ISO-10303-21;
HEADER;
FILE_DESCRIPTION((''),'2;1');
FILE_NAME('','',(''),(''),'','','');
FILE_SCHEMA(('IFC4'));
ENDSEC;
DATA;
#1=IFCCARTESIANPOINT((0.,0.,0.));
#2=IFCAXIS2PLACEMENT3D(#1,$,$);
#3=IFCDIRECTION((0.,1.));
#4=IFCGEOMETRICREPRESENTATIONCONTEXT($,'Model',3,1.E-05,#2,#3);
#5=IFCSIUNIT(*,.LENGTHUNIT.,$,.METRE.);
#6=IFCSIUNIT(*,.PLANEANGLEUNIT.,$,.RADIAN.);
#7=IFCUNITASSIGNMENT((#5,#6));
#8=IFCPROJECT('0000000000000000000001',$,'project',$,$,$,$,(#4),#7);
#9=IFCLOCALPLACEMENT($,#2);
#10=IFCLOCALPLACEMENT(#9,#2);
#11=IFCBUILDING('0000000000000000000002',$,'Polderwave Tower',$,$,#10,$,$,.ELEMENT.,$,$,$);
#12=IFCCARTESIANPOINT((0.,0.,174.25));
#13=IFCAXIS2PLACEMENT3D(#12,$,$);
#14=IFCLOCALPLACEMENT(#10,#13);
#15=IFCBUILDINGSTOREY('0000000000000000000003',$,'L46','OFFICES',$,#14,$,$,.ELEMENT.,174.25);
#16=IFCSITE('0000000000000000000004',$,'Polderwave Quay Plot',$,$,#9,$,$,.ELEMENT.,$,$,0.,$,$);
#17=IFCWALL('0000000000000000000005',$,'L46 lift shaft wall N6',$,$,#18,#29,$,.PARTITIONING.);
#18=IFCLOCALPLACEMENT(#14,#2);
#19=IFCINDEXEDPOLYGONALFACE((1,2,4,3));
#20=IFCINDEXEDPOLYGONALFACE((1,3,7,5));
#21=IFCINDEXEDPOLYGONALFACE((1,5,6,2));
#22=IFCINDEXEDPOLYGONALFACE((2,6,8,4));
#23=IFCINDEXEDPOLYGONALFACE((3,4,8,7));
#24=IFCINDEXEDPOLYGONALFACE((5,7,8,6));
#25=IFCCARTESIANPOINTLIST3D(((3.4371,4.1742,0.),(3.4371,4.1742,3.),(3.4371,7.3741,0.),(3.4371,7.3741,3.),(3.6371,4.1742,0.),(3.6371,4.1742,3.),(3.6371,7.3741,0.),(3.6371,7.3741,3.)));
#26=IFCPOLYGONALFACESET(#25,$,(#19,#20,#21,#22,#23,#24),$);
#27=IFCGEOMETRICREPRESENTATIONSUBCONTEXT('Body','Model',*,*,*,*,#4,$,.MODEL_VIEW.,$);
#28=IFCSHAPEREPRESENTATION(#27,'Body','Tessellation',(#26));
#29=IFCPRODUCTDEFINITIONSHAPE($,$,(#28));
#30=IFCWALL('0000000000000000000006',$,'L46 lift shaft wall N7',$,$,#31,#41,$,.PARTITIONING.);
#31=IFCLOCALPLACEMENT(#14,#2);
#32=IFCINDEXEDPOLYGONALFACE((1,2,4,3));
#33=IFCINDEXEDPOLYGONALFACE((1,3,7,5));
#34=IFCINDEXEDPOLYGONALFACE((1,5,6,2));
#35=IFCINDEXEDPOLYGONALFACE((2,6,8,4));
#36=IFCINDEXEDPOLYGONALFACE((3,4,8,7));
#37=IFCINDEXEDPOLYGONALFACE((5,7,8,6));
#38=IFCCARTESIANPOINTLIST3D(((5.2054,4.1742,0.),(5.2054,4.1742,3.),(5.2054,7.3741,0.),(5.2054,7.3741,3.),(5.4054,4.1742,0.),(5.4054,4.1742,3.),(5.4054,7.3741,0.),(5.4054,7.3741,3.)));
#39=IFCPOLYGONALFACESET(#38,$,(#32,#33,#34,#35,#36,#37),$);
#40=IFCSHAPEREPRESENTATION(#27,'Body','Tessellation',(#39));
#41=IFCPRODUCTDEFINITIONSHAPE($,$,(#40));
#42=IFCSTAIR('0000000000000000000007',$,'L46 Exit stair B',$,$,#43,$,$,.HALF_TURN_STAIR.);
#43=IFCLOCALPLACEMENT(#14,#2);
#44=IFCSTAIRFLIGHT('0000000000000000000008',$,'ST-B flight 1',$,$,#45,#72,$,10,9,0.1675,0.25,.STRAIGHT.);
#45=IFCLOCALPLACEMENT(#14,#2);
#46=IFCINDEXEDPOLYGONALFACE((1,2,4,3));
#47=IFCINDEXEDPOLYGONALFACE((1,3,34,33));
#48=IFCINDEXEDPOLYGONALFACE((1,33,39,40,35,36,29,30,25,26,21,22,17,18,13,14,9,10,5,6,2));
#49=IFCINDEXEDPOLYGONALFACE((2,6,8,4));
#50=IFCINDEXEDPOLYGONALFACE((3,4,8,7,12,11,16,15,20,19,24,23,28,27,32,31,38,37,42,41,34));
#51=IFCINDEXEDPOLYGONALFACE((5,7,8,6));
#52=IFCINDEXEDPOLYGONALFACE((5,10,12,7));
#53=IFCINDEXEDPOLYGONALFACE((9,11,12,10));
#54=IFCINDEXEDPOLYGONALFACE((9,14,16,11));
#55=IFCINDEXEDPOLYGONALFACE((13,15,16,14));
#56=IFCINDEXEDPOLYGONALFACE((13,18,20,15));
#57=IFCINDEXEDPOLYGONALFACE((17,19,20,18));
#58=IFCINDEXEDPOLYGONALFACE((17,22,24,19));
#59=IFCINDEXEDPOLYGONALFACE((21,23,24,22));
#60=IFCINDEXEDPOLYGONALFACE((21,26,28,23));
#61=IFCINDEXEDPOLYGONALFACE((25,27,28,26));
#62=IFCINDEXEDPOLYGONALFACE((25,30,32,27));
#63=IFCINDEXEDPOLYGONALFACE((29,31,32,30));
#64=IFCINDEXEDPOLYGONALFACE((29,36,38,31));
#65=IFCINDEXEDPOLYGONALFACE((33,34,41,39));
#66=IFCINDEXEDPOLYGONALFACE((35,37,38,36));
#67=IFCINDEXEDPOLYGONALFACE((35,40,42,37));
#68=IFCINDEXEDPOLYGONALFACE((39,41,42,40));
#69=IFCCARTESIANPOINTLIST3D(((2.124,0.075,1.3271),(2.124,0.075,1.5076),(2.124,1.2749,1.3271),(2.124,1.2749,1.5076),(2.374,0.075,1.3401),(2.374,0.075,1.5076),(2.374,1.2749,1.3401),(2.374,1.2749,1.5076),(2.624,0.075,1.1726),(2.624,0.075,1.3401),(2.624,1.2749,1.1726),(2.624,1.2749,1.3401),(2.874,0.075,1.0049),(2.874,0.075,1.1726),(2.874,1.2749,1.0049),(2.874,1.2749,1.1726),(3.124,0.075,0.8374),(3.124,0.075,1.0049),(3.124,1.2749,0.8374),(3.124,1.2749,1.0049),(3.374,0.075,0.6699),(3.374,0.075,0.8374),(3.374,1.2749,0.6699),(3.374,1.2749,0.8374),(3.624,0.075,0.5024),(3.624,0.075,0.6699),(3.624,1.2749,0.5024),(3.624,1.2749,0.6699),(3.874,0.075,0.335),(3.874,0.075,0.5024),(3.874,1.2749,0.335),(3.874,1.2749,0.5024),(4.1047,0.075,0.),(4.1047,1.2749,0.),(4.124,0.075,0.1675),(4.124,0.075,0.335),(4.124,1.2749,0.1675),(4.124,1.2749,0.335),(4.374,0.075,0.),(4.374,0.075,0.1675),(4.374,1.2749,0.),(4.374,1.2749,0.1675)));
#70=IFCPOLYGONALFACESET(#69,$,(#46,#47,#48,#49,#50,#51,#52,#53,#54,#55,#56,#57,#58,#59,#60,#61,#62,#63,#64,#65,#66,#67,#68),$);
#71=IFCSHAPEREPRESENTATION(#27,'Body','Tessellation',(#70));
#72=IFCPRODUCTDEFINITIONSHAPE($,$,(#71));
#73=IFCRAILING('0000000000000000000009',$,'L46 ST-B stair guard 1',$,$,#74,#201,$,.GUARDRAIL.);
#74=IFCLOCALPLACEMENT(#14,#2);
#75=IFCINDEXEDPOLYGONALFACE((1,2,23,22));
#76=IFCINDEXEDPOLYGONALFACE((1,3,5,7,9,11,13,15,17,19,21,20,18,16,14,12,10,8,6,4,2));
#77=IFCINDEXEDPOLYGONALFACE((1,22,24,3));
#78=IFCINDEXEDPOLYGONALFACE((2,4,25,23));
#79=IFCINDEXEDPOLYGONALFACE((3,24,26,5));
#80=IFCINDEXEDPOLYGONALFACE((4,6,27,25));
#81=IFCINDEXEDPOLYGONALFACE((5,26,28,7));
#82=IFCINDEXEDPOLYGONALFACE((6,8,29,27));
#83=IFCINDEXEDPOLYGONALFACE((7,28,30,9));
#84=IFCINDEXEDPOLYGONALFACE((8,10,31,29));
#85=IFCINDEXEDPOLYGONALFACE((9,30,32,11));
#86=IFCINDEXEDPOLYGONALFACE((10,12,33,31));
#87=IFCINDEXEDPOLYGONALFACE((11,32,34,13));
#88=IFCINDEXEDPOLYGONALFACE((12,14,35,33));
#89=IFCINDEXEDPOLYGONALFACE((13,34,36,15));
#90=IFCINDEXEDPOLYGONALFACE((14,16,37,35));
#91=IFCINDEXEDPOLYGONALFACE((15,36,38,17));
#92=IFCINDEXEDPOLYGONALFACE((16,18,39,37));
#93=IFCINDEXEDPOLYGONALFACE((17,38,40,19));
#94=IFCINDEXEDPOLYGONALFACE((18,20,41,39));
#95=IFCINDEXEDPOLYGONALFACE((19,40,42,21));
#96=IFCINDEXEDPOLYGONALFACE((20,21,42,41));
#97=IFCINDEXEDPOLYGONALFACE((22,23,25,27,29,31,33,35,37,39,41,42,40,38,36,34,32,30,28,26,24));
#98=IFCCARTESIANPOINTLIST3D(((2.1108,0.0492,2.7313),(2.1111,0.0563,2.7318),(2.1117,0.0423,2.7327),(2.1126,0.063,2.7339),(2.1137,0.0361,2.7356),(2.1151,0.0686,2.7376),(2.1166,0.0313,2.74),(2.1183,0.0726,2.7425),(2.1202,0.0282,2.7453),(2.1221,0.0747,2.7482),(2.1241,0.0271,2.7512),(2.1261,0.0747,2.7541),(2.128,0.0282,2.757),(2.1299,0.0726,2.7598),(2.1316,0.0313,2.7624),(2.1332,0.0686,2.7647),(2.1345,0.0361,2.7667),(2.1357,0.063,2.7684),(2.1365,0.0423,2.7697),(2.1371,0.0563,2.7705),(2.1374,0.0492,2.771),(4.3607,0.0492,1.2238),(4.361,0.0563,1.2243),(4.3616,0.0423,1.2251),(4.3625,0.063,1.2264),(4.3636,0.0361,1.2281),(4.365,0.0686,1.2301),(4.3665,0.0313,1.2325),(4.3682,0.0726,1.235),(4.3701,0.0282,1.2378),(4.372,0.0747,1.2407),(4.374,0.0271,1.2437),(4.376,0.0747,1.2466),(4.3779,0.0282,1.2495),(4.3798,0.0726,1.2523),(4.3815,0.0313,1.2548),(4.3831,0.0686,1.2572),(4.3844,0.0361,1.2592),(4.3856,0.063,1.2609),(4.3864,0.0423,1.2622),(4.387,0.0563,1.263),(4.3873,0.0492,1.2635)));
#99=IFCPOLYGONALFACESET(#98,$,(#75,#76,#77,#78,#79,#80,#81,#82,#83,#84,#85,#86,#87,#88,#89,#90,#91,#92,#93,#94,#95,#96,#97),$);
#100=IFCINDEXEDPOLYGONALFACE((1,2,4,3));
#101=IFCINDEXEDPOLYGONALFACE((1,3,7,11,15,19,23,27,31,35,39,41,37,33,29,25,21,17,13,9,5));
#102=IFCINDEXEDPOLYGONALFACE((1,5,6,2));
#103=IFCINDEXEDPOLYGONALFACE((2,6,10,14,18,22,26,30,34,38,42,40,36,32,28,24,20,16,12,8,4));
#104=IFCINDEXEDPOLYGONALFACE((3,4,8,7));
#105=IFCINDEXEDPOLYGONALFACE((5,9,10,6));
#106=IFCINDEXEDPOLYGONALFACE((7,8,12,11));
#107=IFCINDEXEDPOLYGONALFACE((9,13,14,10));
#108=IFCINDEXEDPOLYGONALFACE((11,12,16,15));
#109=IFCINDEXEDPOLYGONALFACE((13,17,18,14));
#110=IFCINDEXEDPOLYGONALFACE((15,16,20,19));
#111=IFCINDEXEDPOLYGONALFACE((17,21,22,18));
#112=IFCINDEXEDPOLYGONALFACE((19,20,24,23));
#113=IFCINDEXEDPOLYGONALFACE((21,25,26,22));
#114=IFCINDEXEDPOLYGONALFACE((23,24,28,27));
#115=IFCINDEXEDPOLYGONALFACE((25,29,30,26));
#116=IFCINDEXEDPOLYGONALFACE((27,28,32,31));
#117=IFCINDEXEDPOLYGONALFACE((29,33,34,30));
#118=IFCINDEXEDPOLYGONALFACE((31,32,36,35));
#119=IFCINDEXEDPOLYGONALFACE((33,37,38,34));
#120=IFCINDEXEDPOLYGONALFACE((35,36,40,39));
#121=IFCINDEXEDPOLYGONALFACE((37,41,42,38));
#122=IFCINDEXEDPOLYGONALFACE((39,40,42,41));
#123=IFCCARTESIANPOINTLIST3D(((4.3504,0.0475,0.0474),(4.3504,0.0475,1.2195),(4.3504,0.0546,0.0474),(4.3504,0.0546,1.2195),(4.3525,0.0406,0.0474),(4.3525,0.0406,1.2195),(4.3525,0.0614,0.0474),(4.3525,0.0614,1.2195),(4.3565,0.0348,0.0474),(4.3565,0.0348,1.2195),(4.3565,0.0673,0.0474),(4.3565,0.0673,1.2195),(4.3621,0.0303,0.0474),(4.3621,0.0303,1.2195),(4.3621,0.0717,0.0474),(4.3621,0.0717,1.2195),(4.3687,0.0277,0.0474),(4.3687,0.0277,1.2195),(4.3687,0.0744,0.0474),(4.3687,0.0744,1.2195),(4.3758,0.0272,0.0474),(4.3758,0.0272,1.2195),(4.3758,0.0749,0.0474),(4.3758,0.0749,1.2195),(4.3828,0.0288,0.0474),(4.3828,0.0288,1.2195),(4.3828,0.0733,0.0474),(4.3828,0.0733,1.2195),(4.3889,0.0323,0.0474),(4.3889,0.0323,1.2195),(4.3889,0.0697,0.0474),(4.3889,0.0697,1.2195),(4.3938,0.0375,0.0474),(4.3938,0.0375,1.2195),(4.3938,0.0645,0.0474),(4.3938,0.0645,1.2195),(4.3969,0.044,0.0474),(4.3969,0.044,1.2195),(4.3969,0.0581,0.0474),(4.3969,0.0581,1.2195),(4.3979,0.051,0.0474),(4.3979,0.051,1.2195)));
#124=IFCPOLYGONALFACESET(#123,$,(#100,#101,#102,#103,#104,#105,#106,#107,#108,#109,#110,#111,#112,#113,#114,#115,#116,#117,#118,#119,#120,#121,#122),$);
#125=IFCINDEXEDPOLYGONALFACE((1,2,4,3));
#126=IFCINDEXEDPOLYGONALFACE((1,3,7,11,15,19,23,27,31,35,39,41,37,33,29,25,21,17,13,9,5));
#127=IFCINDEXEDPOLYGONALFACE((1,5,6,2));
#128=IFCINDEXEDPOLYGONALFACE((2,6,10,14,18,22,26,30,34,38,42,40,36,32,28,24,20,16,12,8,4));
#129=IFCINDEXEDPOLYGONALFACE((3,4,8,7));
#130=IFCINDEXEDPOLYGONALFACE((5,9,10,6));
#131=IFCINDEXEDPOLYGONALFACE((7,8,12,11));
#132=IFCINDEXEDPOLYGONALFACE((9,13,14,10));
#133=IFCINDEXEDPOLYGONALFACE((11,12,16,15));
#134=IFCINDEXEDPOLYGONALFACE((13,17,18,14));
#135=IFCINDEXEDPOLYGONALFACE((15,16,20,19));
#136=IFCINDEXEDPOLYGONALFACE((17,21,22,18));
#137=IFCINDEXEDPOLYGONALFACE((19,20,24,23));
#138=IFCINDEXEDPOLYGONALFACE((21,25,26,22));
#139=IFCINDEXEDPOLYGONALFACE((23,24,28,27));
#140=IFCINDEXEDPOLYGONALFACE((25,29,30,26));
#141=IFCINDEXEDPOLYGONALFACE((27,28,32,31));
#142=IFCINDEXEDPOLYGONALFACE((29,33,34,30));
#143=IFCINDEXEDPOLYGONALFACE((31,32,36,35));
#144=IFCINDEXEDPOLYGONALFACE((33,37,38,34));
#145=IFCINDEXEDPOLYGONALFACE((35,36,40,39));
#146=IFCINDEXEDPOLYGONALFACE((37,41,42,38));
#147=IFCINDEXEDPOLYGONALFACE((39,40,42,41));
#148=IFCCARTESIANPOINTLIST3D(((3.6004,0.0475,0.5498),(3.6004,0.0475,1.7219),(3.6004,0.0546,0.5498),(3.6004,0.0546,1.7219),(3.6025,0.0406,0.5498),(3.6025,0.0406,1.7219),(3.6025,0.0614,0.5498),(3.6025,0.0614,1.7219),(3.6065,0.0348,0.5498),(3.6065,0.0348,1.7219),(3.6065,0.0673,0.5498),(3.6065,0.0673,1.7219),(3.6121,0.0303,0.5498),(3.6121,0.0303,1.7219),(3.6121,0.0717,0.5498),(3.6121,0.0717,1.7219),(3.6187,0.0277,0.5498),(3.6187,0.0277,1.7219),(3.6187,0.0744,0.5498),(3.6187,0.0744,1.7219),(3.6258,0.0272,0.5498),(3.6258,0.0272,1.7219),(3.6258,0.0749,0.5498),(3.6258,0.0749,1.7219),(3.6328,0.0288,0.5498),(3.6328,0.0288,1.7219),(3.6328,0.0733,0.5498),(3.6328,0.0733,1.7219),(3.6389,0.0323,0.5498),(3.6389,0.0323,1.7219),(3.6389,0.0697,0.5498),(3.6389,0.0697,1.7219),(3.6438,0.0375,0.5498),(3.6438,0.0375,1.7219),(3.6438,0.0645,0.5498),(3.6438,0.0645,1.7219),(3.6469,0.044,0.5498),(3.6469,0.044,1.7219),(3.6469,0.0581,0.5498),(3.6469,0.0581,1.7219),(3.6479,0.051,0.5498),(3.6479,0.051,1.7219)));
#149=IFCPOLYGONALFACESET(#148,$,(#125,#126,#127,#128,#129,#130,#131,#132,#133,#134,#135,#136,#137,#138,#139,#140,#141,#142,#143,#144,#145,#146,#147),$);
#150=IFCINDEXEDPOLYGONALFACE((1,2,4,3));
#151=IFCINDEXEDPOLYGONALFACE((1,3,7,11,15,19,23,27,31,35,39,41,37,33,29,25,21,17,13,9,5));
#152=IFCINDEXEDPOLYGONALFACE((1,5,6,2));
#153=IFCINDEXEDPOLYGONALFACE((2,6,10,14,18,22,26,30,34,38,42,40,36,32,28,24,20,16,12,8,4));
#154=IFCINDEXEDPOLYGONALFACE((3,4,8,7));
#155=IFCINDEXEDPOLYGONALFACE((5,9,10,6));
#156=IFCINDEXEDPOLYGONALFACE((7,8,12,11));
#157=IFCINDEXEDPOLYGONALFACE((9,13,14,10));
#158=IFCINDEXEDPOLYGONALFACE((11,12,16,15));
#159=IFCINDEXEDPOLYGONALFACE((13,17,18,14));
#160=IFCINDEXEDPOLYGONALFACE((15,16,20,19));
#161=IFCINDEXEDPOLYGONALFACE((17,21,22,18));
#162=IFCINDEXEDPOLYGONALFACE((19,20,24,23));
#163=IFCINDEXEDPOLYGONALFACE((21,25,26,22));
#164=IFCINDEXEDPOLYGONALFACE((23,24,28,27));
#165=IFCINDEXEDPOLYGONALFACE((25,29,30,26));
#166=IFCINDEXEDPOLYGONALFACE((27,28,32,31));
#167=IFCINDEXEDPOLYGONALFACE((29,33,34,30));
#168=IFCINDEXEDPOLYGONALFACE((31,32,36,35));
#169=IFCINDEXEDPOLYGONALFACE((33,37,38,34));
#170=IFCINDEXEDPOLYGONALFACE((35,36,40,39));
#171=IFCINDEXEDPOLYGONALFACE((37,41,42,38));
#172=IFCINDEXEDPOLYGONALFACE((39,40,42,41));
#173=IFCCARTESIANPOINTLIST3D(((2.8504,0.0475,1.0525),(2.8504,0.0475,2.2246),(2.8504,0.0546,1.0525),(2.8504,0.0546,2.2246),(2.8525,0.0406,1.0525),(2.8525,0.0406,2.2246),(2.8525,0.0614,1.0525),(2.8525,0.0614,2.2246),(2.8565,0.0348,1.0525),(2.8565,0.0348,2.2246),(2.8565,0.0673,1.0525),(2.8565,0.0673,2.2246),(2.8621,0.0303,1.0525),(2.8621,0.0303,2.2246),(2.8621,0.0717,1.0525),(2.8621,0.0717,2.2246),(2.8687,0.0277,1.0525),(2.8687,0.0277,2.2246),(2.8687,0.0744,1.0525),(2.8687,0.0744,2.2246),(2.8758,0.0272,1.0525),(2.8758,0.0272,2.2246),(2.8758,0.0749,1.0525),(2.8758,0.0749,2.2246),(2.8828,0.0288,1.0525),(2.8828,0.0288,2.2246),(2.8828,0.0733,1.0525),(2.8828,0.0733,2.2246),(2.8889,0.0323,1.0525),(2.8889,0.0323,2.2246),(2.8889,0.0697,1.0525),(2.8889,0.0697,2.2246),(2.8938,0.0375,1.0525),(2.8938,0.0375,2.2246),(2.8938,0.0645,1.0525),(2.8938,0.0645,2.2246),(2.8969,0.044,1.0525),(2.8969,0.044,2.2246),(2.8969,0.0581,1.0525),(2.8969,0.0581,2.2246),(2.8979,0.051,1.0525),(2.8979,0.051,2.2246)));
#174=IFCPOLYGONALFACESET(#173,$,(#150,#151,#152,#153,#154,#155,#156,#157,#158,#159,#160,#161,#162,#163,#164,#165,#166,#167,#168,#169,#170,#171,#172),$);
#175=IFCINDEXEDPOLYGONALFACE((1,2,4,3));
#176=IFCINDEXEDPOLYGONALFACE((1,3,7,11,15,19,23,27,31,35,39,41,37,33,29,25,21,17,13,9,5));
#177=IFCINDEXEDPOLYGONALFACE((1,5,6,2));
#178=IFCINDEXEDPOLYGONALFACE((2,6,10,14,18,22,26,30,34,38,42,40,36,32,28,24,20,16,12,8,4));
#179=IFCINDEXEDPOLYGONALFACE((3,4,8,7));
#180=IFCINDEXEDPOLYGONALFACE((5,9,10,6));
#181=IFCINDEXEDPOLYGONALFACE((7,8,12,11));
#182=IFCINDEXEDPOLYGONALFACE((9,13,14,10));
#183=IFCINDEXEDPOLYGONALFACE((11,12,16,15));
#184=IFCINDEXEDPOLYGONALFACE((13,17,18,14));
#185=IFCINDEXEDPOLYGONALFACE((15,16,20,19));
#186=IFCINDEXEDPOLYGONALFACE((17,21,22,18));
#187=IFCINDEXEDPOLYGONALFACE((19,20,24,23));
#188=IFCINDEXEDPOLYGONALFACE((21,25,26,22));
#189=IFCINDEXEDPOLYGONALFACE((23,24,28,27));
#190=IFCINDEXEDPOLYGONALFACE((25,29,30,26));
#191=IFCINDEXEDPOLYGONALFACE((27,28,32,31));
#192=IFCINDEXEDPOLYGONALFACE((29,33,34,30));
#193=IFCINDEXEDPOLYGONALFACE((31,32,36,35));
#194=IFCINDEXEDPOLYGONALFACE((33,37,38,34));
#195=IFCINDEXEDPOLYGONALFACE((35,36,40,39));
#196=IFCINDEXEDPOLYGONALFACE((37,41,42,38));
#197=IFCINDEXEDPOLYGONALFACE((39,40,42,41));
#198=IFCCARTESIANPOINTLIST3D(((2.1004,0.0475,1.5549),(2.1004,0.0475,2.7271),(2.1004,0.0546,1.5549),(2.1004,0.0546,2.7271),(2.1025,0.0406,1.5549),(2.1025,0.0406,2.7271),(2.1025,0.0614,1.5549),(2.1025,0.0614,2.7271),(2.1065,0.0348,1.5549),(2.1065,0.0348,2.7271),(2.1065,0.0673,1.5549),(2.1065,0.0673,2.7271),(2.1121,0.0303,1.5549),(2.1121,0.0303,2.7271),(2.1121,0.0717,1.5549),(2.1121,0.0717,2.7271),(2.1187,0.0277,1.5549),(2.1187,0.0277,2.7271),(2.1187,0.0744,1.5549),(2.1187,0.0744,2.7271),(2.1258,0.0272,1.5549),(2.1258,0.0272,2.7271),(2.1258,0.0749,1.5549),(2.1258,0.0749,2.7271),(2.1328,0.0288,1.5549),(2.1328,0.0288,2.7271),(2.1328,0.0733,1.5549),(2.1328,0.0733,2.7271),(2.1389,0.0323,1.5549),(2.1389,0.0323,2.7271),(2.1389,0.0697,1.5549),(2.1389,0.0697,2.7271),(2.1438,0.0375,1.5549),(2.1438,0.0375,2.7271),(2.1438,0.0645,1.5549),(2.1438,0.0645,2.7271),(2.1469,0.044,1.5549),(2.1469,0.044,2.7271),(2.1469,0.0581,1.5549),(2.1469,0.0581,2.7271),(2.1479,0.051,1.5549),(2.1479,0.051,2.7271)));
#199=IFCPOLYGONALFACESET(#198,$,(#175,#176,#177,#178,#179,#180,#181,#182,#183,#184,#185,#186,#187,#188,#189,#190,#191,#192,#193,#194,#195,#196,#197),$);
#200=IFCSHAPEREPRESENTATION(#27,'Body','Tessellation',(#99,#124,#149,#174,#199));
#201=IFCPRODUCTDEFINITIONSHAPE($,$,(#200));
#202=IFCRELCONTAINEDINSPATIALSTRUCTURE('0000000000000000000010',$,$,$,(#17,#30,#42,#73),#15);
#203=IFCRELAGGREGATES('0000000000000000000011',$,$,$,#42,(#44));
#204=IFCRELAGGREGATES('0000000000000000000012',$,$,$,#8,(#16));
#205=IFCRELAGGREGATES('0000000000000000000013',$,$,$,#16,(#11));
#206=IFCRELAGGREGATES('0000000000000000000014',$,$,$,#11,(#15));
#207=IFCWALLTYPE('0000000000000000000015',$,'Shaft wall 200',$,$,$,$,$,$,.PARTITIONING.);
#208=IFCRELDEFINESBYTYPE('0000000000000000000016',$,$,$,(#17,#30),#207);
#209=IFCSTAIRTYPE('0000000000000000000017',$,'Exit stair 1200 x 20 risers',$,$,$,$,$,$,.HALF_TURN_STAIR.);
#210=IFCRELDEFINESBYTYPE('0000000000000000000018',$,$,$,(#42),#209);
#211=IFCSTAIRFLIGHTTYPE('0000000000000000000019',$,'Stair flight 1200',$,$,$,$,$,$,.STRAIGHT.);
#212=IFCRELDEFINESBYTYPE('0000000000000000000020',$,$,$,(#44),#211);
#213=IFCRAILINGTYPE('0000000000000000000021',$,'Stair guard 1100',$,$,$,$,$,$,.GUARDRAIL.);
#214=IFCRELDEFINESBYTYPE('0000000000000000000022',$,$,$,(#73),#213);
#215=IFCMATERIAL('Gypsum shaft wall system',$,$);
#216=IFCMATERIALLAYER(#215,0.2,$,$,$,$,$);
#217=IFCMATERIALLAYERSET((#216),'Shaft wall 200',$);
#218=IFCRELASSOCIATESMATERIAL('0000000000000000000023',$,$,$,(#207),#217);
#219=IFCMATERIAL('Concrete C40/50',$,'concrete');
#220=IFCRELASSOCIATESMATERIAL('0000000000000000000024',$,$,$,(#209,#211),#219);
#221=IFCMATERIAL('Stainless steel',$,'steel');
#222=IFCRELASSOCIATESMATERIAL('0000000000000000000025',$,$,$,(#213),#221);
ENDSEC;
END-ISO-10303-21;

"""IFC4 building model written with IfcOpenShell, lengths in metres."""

from ifc_helpers import new_model, si_unit, direction, frame, frame_2d, origin, origin_2d, place, context, subcontext, project, spatial, polyline, rectangle, circle, outline, extrude, material, layer, layer_set, type_object, element, aggregate, save


model = new_model("IFC4")

# Units and contexts
model_context = context("Model", 3, precision=1e-05, world=origin(), true_north=direction((0.0, 1.0)))
body_context = subcontext(model_context, "Body", "Model", "MODEL_VIEW")
ifc_project = project(units=[si_unit("LENGTHUNIT", "METRE"), si_unit("PLANEANGLEUNIT", "RADIAN")], contexts=[model_context])

# Site, building, storey
site_placement = place(None, origin())
site = spatial("IfcSite", under=ifc_project, at=site_placement, Name="Polderwave Quay Plot", CompositionType="ELEMENT", RefElevation=0.0)
building_placement = place(site_placement, origin())
building = spatial("IfcBuilding", under=site, at=building_placement, Name="Polderwave Tower", CompositionType="ELEMENT")
storey_placement = place(building_placement, frame((0.0, 0.0, 174.25)))
storey = spatial("IfcBuildingStorey", under=building, at=storey_placement, Name="L46", Description="OFFICES", CompositionType="ELEMENT", Elevation=174.25)

# Walls
ifc_material_1 = material(Name="Gypsum shaft wall system")
ifc_layer_1 = layer(ifc_material_1, 0.2)
ifc_layer_set_1 = layer_set([ifc_layer_1], Name="Shaft wall 200")
wall_type_1 = type_object("IfcWallType", Name="Shaft wall 200", PredefinedType="PARTITIONING", material=ifc_layer_set_1)
for number, where, z_axis, x_axis, name in (
    (1, (3.5371, 4.1741, 0.0), (0.0, 0.0, 1.0), (0.0, 1.0, 0.0), "L46 lift shaft wall N6"),
    (2, (5.3054, 4.1741, 0.0), (0.0, 0.0, 1.0), (0.0, 1.0, 0.0), "L46 lift shaft wall N7"),
):
    element("IfcWall", number, at=place(storey_placement, frame(where, z_axis=z_axis, x_axis=x_axis)), inside=storey, type_object=wall_type_1, Name=name, PredefinedType="PARTITIONING", context=body_context, shape_type="SweptSolid", body=[
        extrude(rectangle(XDim=3.2, YDim=0.2, at=frame_2d((1.6001, 0.0))), origin(), (0.0, 0.0, 1.0), 3.0),
    ])

# Stair, stair flight
ifc_material_2 = material(Name="Concrete C40/50", Category="concrete")
stair_type = type_object("IfcStairType", Name="Exit stair 1200 x 20 risers", PredefinedType="HALF_TURN_STAIR", material=ifc_material_2)
stair_placement = place(storey_placement, origin())
stair = element("IfcStair", 3, at=stair_placement, inside=storey, type_object=stair_type, Name="L46 Exit stair B", PredefinedType="HALF_TURN_STAIR")
stair_flight_type = type_object("IfcStairFlightType", Name="Stair flight 1200", PredefinedType="STRAIGHT", material=ifc_material_2)
stair_flight_placement = place(storey_placement, frame((4.374, 0.675, 0.0), z_axis=(0.0, 0.0, 1.0), x_axis=(-1.0, 0.0, 0.0)))
stair_flight = element("IfcStairFlight", 4, at=stair_flight_placement, type_object=stair_flight_type, Name="ST-B flight 1", NumberOfRisers=10, NumberOfTreads=9, PredefinedType="STRAIGHT", RiserHeight=0.1675, TreadLength=0.25, context=body_context, shape_type="SweptSolid", body=[
    extrude(outline(polyline([(0.0, 0.0), (0.0, 0.1675), (0.25, 0.1675), (0.25, 0.335), (0.5, 0.335), (0.5, 0.5024), (0.75, 0.5024), (0.75, 0.6699), (1.0, 0.6699), (1.0, 0.8374), (1.25, 0.8374), (1.25, 1.0049), (1.5, 1.0049), (1.5, 1.1726), (1.75, 1.1726), (1.75, 1.3401), (2.0, 1.3401), (2.0, 1.5076), (2.25, 1.5076), (2.25, 1.675), (2.25, 1.3271), (0.2693, 0.0), (0.0, 0.0)])), frame((0.0, 0.6001, 0.0), z_axis=(0.0, -1.0, 0.0), x_axis=(1.0, 0.0, 0.0)), (0.0, 0.0, 1.0), 1.2),
])
aggregate(stair, [stair_flight])

# Railing
ifc_material_3 = material(Name="Stainless steel", Category="steel")
railing_type_1 = type_object("IfcRailingType", Name="Stair guard 1100", PredefinedType="GUARDRAIL", material=ifc_material_3)
railing_1_placement = place(storey_placement, frame((4.374, 0.051, 0.0474)))
element("IfcRailing", 5, at=railing_1_placement, inside=storey, type_object=railing_type_1, Name="L46 ST-B stair guard 1", PredefinedType="GUARDRAIL", context=body_context, shape_type="SweptSolid", body=[
    extrude(circle(Radius=0.0239, at=origin_2d()), frame((0.0, 0.0, 1.1963), z_axis=(-0.830758, 0.0, 0.556633), x_axis=(0.0, -1.0, 0.0)), (0.0, 0.0, 1.0), 2.7083),
    extrude(circle(Radius=0.0239, at=origin_2d()), origin(), (0.0, 0.0, 1.0), 1.1721),
    extrude(circle(Radius=0.0239, at=origin_2d()), frame((-0.75, 0.0, 0.5024)), (0.0, 0.0, 1.0), 1.1721),
    extrude(circle(Radius=0.0239, at=origin_2d()), frame((-1.5, 0.0, 1.0051)), (0.0, 0.0, 1.0), 1.1721),
    extrude(circle(Radius=0.0239, at=origin_2d()), frame((-2.25, 0.0, 1.5076)), (0.0, 0.0, 1.0), 1.1721),
])

save(model, "model.ifc")
